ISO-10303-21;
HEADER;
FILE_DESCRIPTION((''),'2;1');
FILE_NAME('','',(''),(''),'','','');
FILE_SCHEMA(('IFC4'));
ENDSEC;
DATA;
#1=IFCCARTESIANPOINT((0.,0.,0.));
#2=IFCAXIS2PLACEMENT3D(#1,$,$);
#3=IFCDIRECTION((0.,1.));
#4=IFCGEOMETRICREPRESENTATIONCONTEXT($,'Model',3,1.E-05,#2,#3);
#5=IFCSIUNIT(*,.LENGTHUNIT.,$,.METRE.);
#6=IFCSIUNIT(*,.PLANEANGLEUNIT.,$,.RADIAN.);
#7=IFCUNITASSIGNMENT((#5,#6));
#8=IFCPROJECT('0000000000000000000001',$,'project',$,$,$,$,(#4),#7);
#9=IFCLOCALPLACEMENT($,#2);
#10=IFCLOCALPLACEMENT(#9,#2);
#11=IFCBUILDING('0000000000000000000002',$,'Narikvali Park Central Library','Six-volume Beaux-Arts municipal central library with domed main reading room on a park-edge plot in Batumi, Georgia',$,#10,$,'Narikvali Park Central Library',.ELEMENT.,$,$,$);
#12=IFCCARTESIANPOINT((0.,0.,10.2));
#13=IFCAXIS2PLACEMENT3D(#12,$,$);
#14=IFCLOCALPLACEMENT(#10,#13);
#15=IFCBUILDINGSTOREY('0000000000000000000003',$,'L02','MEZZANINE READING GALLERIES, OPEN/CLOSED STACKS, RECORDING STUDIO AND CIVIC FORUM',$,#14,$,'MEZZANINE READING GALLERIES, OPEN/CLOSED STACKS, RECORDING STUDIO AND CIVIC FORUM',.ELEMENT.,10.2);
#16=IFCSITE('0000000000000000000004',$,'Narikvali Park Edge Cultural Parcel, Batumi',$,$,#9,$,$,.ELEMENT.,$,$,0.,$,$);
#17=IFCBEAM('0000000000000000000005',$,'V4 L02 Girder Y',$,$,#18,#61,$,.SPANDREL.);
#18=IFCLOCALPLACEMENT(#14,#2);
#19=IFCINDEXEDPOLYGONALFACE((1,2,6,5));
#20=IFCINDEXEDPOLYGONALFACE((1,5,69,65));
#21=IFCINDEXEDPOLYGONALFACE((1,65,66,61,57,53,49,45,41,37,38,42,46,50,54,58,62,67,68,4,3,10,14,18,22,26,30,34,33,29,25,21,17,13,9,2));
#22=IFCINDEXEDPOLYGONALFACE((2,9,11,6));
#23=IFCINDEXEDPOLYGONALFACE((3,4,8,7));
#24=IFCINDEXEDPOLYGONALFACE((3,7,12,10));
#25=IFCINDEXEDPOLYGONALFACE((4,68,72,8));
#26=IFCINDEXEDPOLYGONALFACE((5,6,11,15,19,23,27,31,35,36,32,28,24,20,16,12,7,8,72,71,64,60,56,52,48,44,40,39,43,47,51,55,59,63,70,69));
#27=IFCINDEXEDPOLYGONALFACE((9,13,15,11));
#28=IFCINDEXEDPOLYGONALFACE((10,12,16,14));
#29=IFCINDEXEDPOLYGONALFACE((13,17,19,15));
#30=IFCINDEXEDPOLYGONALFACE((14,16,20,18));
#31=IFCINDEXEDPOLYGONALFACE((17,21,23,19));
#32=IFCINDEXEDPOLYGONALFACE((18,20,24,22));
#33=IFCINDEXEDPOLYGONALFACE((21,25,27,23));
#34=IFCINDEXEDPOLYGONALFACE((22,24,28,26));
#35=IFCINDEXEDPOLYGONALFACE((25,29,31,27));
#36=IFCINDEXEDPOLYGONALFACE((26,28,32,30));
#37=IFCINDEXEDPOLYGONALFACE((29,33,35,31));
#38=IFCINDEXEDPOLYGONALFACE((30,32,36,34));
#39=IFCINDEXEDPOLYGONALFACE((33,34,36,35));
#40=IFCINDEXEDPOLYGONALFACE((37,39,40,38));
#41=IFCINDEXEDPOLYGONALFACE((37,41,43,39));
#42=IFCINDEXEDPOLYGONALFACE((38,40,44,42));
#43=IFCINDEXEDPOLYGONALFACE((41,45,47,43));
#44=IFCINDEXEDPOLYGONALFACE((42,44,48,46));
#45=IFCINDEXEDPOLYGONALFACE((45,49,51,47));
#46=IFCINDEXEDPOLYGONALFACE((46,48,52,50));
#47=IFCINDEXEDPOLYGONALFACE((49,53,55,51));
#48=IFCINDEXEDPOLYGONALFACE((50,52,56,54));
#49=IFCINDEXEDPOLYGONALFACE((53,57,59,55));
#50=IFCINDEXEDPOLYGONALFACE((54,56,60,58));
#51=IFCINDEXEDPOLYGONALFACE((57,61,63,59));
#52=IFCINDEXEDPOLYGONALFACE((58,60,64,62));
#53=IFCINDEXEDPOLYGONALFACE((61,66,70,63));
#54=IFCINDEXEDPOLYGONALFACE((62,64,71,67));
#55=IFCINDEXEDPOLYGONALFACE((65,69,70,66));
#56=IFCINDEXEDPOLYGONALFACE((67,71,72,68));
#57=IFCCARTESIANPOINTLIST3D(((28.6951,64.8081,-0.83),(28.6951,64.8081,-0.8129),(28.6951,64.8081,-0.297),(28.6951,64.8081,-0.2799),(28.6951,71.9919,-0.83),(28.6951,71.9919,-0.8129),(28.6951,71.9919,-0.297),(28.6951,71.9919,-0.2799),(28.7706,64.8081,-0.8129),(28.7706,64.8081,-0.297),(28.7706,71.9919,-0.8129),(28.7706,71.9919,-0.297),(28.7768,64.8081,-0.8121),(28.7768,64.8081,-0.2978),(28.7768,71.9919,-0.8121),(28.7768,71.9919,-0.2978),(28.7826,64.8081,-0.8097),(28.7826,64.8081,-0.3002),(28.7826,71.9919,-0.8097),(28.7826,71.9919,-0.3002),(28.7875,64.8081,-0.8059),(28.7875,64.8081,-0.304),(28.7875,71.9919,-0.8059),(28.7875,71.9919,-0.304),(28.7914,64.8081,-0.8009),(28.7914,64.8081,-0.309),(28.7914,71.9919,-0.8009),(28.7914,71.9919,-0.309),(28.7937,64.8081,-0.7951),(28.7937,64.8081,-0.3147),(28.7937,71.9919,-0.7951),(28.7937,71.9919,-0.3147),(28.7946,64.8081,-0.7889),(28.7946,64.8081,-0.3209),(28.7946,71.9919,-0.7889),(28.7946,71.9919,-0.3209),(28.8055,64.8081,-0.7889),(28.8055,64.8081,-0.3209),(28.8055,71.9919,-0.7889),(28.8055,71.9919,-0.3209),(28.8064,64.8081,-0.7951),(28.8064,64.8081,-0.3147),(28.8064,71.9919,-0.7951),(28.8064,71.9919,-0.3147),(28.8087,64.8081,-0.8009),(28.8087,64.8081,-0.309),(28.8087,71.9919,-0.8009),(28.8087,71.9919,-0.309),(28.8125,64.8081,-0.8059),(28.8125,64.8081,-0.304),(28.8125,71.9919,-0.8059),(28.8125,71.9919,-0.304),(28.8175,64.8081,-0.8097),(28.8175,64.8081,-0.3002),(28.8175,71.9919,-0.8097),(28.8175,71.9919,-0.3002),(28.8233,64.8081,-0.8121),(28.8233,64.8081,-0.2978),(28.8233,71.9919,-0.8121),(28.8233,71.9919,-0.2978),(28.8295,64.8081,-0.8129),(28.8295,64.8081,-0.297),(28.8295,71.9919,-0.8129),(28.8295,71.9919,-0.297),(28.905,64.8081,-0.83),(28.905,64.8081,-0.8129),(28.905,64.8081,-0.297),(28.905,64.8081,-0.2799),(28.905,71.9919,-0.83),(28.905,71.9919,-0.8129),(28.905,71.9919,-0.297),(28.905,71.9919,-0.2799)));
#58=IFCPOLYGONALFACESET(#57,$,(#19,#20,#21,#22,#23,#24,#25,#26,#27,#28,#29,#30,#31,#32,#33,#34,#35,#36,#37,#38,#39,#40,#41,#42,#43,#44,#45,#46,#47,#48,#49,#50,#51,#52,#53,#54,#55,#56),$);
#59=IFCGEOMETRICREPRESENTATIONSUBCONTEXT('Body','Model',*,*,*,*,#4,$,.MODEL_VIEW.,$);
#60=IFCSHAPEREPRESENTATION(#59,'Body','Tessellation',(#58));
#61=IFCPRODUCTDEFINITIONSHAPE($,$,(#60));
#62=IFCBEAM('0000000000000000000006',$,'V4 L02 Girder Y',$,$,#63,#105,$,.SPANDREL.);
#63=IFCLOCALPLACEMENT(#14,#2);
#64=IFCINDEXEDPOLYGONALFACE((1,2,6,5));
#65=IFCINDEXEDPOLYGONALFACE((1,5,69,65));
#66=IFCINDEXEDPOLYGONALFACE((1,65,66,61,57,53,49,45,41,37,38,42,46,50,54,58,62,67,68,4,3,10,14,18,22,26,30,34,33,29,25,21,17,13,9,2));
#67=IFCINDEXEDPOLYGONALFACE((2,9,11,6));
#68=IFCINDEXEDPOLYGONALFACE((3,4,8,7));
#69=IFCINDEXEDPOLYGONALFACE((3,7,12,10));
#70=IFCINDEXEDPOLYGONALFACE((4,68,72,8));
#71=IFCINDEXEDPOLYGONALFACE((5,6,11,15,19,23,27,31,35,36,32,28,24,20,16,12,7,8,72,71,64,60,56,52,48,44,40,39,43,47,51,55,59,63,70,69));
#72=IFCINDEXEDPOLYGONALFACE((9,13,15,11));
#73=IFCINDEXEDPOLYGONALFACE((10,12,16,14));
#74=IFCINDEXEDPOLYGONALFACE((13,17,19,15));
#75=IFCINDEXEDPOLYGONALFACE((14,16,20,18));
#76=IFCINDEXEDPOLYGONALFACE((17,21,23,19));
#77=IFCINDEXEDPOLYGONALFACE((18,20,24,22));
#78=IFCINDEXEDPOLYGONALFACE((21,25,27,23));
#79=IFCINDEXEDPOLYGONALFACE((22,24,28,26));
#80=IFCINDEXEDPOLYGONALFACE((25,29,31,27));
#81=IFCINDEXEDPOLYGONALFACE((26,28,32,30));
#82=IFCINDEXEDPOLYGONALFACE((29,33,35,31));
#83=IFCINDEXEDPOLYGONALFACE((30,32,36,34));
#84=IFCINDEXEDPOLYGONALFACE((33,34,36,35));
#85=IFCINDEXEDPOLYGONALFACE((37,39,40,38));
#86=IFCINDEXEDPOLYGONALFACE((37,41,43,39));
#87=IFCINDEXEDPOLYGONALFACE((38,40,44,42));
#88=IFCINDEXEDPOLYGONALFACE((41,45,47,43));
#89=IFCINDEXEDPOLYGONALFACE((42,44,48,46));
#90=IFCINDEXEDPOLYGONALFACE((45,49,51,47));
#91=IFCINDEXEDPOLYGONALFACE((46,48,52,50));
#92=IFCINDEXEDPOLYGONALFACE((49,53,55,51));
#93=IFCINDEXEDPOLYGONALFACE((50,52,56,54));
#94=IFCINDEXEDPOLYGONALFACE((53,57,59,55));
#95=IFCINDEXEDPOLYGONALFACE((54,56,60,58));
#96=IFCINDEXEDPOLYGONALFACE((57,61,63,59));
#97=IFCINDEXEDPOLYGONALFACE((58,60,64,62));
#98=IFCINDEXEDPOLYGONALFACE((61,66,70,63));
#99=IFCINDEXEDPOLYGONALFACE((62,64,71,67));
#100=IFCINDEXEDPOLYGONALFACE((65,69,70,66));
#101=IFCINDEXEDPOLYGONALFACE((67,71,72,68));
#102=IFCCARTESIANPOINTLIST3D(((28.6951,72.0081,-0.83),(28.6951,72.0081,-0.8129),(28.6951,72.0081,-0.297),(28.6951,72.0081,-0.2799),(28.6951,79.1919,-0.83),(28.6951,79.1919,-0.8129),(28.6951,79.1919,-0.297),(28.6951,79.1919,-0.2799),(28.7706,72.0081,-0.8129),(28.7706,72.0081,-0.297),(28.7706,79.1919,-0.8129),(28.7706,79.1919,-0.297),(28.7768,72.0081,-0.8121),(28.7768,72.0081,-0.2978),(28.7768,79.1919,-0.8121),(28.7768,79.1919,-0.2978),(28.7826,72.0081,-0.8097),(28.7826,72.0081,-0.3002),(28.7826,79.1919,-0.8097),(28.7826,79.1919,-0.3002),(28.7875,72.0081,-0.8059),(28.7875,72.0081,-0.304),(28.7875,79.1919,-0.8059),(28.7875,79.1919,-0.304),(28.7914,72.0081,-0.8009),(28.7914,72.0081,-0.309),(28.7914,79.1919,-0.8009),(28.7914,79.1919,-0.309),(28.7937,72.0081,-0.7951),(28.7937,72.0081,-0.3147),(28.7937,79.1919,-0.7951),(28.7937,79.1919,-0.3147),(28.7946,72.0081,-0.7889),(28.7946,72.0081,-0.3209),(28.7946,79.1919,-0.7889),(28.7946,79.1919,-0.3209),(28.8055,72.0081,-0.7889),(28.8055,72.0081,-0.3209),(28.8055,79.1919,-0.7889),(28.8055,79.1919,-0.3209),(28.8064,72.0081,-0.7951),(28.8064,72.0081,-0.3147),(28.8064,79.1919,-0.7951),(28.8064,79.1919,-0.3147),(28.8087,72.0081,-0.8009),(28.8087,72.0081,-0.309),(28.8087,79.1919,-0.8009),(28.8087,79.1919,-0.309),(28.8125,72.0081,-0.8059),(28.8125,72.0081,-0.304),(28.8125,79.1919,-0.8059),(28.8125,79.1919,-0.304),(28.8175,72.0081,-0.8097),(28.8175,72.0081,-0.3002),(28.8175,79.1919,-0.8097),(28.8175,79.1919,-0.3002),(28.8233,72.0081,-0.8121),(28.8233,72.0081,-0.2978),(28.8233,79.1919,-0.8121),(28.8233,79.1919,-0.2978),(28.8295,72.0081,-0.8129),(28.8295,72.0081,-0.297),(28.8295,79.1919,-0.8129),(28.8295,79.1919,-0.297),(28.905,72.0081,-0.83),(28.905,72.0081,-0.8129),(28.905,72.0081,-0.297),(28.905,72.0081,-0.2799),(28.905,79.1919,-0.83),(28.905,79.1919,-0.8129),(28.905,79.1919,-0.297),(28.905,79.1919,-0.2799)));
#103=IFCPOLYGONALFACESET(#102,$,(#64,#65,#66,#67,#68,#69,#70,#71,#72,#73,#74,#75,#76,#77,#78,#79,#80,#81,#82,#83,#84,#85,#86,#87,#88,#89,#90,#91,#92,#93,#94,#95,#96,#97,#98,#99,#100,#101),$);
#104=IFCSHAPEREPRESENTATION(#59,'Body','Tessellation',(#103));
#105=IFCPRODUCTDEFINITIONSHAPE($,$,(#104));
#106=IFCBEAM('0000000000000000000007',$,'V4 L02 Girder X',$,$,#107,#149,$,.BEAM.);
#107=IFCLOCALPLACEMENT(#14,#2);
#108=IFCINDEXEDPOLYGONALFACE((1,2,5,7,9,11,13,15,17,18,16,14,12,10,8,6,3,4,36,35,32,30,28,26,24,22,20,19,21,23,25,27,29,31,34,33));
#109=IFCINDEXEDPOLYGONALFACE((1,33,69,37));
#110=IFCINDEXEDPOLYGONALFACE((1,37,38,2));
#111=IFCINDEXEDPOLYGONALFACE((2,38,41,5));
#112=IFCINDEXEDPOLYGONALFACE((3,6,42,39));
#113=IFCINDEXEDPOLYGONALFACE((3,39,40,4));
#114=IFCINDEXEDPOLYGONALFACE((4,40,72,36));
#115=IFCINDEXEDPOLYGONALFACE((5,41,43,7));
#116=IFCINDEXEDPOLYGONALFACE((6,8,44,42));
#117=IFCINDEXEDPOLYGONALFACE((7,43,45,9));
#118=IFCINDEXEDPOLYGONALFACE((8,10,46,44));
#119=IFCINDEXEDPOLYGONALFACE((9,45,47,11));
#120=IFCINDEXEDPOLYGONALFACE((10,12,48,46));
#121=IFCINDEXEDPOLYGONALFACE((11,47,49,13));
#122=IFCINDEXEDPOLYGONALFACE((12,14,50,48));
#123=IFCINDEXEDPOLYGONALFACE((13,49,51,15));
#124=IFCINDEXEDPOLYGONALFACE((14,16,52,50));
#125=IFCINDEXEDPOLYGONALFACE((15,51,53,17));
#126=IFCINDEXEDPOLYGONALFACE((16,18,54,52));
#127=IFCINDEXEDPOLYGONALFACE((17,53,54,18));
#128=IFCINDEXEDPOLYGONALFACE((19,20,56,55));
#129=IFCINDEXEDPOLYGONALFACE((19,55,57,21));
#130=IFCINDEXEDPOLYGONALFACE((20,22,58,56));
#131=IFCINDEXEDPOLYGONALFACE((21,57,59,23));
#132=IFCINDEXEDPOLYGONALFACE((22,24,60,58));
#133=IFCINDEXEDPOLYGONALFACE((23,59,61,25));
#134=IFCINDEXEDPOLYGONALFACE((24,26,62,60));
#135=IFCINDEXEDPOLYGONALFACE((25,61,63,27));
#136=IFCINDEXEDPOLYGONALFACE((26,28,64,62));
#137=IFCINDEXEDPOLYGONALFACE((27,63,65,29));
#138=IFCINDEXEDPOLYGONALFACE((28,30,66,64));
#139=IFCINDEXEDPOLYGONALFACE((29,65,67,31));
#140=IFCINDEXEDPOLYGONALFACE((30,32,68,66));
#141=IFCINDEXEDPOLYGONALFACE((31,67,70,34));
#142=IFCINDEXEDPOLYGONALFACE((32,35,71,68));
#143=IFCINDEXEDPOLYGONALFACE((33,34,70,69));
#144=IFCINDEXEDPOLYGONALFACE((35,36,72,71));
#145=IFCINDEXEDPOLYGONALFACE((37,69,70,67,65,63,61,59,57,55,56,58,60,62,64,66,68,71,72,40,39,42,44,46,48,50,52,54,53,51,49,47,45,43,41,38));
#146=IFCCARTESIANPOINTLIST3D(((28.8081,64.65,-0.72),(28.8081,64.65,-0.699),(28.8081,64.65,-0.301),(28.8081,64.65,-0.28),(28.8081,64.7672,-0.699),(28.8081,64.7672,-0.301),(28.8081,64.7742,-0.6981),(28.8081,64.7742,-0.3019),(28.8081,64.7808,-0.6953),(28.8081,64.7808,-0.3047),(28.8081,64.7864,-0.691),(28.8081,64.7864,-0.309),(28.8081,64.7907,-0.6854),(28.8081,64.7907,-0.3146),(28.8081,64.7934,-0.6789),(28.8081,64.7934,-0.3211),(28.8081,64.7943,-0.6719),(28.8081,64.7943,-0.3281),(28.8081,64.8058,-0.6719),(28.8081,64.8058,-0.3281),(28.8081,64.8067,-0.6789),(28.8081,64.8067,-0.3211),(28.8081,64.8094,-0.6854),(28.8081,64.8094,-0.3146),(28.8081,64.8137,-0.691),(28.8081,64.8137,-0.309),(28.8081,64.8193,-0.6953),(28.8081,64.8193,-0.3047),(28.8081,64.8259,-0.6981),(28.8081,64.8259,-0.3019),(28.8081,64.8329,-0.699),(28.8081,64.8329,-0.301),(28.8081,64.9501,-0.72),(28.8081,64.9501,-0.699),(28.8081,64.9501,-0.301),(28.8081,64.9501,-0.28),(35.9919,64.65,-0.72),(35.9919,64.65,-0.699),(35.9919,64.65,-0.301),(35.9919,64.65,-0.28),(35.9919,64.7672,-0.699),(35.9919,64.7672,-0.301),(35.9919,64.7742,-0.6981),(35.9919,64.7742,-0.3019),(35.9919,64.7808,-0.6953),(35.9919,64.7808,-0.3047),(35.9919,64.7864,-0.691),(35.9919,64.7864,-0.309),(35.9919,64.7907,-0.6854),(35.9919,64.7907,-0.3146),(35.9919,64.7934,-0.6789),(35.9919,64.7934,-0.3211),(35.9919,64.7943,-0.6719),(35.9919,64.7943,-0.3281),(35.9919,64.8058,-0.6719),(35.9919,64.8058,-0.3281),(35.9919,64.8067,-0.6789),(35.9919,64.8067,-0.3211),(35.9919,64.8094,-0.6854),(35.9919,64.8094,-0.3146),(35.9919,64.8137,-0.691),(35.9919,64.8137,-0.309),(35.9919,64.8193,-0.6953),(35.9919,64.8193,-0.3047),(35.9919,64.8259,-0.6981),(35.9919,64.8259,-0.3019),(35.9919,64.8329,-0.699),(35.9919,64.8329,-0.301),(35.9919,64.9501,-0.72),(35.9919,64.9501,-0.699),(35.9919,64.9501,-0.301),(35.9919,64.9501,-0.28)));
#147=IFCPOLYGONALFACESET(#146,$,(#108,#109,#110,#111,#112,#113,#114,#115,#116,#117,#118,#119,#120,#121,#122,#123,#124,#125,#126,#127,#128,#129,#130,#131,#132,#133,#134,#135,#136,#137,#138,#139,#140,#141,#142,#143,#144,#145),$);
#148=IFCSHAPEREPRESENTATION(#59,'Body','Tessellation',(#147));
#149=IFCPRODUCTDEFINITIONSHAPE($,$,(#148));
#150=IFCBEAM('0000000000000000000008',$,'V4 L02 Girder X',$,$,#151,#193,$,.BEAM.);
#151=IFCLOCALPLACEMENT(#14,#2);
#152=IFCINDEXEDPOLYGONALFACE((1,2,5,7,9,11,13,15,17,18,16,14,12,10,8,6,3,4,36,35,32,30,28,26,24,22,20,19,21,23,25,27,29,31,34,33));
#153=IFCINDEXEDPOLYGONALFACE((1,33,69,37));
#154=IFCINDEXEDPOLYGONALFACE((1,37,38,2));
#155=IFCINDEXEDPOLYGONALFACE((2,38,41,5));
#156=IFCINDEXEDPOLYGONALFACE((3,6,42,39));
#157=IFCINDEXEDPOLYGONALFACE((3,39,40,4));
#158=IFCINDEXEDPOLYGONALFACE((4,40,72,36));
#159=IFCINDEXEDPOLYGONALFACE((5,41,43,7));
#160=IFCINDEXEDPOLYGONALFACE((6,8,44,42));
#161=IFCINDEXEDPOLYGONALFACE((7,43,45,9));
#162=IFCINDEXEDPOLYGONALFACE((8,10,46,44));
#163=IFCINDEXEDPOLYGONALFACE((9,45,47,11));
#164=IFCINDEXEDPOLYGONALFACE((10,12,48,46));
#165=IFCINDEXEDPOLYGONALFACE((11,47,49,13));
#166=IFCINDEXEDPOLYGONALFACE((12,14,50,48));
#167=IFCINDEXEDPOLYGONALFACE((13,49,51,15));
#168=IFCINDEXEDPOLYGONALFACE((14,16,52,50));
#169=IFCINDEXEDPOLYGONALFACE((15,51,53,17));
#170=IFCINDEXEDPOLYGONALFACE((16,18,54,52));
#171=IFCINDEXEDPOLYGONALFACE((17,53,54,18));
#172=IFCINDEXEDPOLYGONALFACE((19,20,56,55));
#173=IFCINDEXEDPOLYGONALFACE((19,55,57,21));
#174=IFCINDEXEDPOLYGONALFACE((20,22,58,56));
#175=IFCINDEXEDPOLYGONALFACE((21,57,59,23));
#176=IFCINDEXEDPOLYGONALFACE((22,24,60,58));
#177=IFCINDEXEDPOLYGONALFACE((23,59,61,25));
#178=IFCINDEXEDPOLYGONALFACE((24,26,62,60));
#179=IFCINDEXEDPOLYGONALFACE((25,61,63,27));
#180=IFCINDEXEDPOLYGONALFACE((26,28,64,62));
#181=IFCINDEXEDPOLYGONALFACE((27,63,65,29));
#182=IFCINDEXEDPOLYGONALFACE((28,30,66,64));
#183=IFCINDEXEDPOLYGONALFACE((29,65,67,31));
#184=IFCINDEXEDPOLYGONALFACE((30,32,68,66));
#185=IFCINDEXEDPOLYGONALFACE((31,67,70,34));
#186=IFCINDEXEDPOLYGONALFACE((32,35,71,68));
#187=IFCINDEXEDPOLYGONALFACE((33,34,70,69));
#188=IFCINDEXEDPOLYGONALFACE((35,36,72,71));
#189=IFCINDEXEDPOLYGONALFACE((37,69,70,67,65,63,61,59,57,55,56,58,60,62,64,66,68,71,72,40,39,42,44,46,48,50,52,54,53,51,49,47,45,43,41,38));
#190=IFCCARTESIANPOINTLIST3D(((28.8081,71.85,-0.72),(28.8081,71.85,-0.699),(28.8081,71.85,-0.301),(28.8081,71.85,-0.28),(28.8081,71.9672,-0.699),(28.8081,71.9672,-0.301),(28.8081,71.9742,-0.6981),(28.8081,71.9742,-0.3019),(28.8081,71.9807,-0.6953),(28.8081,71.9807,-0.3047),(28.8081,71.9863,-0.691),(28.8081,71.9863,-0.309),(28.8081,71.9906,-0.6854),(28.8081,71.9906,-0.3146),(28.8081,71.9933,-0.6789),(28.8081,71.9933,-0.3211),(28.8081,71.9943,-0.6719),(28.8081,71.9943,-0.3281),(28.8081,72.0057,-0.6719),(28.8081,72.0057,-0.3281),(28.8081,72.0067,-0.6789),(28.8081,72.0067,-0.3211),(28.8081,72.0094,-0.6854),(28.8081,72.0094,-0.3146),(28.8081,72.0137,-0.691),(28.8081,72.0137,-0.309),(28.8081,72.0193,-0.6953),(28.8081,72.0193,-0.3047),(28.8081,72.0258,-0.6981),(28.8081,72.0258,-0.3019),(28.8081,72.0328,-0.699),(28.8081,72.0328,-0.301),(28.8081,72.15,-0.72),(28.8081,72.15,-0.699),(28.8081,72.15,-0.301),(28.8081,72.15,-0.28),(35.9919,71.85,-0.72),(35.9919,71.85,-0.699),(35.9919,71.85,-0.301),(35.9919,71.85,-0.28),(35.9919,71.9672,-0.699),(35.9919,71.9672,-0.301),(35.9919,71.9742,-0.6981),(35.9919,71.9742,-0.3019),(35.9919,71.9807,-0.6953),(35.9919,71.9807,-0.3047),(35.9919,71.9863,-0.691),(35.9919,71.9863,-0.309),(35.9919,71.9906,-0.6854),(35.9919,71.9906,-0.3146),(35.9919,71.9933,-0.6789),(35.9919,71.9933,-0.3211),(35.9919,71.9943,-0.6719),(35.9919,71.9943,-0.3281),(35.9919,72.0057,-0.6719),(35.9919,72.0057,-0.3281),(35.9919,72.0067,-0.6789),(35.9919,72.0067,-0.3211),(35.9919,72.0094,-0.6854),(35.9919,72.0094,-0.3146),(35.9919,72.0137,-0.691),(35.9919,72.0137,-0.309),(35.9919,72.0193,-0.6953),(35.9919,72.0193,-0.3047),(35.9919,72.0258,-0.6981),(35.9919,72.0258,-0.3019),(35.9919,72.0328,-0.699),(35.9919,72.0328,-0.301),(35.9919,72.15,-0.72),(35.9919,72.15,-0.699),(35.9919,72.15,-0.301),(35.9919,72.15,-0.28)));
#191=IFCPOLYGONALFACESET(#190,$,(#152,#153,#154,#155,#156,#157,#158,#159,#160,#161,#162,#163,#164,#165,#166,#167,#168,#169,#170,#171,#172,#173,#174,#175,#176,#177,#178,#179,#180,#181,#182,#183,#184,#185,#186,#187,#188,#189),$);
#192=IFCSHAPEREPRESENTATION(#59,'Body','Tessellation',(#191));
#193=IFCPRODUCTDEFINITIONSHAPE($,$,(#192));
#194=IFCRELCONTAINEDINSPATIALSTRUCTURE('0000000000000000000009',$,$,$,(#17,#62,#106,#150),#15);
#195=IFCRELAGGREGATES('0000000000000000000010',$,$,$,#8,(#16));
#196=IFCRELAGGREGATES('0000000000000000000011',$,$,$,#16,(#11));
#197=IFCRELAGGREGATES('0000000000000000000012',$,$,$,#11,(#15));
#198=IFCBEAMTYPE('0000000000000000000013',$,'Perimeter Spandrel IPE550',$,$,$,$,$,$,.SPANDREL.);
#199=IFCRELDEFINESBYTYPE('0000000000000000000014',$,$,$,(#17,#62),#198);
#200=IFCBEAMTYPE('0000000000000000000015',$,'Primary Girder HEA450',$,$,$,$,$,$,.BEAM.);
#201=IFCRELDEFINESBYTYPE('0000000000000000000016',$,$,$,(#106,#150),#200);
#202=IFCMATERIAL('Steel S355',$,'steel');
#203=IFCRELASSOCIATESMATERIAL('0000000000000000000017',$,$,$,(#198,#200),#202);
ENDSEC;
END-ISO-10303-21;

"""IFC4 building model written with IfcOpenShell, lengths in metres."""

from ifc_helpers import new_model, si_unit, direction, frame, origin, origin_2d, place, context, subcontext, project, spatial, i_section, extrude, material, material_profile, profile_set, type_object, element, save


model = new_model("IFC4")

# Units and contexts
model_context = context("Model", 3, precision=1e-05, world=origin(), true_north=direction((0.0, 1.0)))
body_context = subcontext(model_context, "Body", "Model", "MODEL_VIEW")
ifc_project = project(units=[si_unit("LENGTHUNIT", "METRE"), si_unit("PLANEANGLEUNIT", "RADIAN")], contexts=[model_context])

# Site, building, storey
site_placement = place(None, origin())
site = spatial("IfcSite", under=ifc_project, at=site_placement, Name="Narikvali Park Edge Cultural Parcel, Batumi", CompositionType="ELEMENT", RefElevation=0.0)
building_placement = place(site_placement, origin())
building = spatial("IfcBuilding", under=site, at=building_placement, Name="Narikvali Park Central Library", Description="Six-volume Beaux-Arts municipal central library with domed main reading room on a park-edge plot in Batumi, Georgia", LongName="Narikvali Park Central Library", CompositionType="ELEMENT")
storey_placement = place(building_placement, frame((0.0, 0.0, 10.2)))
storey = spatial("IfcBuildingStorey", under=building, at=storey_placement, Name="L02", Description="MEZZANINE READING GALLERIES, OPEN/CLOSED STACKS, RECORDING STUDIO AND CIVIC FORUM", LongName="MEZZANINE READING GALLERIES, OPEN/CLOSED STACKS, RECORDING STUDIO AND CIVIC FORUM", CompositionType="ELEMENT", Elevation=10.2)

# Shared definitions
ifc_material_1 = material(Name="Steel S355", Category="steel")

# Beams
ifc_material_profile_1 = material_profile(ifc_material_1, i_section(OverallWidth=0.21, OverallDepth=0.55, WebThickness=0.011, FlangeThickness=0.0171, FilletRadius=0.0239, at=origin_2d()), Name="IPE 550")
ifc_profile_set_1 = profile_set([ifc_material_profile_1], Name="Steel S355")
beam_type_1 = type_object("IfcBeamType", Name="Perimeter Spandrel IPE550", PredefinedType="SPANDREL", material=ifc_profile_set_1)
for number, where, z_axis, x_axis, name in (
    (1, (28.8, 64.8081, -0.5549), (0.0, 1.0, 0.0), (-1.0, 0.0, 0.0), "V4 L02 Girder Y"),
    (2, (28.8, 72.0081, -0.5549), (0.0, 1.0, 0.0), (-1.0, 0.0, 0.0), "V4 L02 Girder Y"),
):
    element("IfcBeam", number, at=place(storey_placement, frame(where, z_axis=z_axis, x_axis=x_axis)), inside=storey, type_object=beam_type_1, Name=name, PredefinedType="SPANDREL", context=body_context, shape_type="SweptSolid", body=[
        extrude(i_section(OverallWidth=0.21, OverallDepth=0.55, WebThickness=0.011, FlangeThickness=0.0171, FilletRadius=0.0239, at=origin_2d()), origin(), (0.0, 0.0, 1.0), 7.1838),
    ])
ifc_material_profile_2 = material_profile(ifc_material_1, i_section(OverallWidth=0.3, OverallDepth=0.4399, WebThickness=0.0115, FlangeThickness=0.021, FilletRadius=0.0271, at=origin_2d()), Name="HEA 450")
ifc_profile_set_2 = profile_set([ifc_material_profile_2], Name="Steel S355")
beam_type_2 = type_object("IfcBeamType", Name="Primary Girder HEA450", PredefinedType="BEAM", material=ifc_profile_set_2)
for number, where, z_axis, x_axis, name in (
    (3, (28.8081, 64.8, -0.5), (1.0, 0.0, 0.0), (0.0, 1.0, 0.0), "V4 L02 Girder X"),
    (4, (28.8081, 72.0, -0.5), (1.0, 0.0, 0.0), (0.0, 1.0, 0.0), "V4 L02 Girder X"),
):
    element("IfcBeam", number, at=place(storey_placement, frame(where, z_axis=z_axis, x_axis=x_axis)), inside=storey, type_object=beam_type_2, Name=name, PredefinedType="BEAM", context=body_context, shape_type="SweptSolid", body=[
        extrude(i_section(OverallWidth=0.3, OverallDepth=0.4399, WebThickness=0.0115, FlangeThickness=0.021, FilletRadius=0.0271, at=origin_2d()), origin(), (0.0, 0.0, 1.0), 7.1838),
    ])

save(model, "model.ifc")
